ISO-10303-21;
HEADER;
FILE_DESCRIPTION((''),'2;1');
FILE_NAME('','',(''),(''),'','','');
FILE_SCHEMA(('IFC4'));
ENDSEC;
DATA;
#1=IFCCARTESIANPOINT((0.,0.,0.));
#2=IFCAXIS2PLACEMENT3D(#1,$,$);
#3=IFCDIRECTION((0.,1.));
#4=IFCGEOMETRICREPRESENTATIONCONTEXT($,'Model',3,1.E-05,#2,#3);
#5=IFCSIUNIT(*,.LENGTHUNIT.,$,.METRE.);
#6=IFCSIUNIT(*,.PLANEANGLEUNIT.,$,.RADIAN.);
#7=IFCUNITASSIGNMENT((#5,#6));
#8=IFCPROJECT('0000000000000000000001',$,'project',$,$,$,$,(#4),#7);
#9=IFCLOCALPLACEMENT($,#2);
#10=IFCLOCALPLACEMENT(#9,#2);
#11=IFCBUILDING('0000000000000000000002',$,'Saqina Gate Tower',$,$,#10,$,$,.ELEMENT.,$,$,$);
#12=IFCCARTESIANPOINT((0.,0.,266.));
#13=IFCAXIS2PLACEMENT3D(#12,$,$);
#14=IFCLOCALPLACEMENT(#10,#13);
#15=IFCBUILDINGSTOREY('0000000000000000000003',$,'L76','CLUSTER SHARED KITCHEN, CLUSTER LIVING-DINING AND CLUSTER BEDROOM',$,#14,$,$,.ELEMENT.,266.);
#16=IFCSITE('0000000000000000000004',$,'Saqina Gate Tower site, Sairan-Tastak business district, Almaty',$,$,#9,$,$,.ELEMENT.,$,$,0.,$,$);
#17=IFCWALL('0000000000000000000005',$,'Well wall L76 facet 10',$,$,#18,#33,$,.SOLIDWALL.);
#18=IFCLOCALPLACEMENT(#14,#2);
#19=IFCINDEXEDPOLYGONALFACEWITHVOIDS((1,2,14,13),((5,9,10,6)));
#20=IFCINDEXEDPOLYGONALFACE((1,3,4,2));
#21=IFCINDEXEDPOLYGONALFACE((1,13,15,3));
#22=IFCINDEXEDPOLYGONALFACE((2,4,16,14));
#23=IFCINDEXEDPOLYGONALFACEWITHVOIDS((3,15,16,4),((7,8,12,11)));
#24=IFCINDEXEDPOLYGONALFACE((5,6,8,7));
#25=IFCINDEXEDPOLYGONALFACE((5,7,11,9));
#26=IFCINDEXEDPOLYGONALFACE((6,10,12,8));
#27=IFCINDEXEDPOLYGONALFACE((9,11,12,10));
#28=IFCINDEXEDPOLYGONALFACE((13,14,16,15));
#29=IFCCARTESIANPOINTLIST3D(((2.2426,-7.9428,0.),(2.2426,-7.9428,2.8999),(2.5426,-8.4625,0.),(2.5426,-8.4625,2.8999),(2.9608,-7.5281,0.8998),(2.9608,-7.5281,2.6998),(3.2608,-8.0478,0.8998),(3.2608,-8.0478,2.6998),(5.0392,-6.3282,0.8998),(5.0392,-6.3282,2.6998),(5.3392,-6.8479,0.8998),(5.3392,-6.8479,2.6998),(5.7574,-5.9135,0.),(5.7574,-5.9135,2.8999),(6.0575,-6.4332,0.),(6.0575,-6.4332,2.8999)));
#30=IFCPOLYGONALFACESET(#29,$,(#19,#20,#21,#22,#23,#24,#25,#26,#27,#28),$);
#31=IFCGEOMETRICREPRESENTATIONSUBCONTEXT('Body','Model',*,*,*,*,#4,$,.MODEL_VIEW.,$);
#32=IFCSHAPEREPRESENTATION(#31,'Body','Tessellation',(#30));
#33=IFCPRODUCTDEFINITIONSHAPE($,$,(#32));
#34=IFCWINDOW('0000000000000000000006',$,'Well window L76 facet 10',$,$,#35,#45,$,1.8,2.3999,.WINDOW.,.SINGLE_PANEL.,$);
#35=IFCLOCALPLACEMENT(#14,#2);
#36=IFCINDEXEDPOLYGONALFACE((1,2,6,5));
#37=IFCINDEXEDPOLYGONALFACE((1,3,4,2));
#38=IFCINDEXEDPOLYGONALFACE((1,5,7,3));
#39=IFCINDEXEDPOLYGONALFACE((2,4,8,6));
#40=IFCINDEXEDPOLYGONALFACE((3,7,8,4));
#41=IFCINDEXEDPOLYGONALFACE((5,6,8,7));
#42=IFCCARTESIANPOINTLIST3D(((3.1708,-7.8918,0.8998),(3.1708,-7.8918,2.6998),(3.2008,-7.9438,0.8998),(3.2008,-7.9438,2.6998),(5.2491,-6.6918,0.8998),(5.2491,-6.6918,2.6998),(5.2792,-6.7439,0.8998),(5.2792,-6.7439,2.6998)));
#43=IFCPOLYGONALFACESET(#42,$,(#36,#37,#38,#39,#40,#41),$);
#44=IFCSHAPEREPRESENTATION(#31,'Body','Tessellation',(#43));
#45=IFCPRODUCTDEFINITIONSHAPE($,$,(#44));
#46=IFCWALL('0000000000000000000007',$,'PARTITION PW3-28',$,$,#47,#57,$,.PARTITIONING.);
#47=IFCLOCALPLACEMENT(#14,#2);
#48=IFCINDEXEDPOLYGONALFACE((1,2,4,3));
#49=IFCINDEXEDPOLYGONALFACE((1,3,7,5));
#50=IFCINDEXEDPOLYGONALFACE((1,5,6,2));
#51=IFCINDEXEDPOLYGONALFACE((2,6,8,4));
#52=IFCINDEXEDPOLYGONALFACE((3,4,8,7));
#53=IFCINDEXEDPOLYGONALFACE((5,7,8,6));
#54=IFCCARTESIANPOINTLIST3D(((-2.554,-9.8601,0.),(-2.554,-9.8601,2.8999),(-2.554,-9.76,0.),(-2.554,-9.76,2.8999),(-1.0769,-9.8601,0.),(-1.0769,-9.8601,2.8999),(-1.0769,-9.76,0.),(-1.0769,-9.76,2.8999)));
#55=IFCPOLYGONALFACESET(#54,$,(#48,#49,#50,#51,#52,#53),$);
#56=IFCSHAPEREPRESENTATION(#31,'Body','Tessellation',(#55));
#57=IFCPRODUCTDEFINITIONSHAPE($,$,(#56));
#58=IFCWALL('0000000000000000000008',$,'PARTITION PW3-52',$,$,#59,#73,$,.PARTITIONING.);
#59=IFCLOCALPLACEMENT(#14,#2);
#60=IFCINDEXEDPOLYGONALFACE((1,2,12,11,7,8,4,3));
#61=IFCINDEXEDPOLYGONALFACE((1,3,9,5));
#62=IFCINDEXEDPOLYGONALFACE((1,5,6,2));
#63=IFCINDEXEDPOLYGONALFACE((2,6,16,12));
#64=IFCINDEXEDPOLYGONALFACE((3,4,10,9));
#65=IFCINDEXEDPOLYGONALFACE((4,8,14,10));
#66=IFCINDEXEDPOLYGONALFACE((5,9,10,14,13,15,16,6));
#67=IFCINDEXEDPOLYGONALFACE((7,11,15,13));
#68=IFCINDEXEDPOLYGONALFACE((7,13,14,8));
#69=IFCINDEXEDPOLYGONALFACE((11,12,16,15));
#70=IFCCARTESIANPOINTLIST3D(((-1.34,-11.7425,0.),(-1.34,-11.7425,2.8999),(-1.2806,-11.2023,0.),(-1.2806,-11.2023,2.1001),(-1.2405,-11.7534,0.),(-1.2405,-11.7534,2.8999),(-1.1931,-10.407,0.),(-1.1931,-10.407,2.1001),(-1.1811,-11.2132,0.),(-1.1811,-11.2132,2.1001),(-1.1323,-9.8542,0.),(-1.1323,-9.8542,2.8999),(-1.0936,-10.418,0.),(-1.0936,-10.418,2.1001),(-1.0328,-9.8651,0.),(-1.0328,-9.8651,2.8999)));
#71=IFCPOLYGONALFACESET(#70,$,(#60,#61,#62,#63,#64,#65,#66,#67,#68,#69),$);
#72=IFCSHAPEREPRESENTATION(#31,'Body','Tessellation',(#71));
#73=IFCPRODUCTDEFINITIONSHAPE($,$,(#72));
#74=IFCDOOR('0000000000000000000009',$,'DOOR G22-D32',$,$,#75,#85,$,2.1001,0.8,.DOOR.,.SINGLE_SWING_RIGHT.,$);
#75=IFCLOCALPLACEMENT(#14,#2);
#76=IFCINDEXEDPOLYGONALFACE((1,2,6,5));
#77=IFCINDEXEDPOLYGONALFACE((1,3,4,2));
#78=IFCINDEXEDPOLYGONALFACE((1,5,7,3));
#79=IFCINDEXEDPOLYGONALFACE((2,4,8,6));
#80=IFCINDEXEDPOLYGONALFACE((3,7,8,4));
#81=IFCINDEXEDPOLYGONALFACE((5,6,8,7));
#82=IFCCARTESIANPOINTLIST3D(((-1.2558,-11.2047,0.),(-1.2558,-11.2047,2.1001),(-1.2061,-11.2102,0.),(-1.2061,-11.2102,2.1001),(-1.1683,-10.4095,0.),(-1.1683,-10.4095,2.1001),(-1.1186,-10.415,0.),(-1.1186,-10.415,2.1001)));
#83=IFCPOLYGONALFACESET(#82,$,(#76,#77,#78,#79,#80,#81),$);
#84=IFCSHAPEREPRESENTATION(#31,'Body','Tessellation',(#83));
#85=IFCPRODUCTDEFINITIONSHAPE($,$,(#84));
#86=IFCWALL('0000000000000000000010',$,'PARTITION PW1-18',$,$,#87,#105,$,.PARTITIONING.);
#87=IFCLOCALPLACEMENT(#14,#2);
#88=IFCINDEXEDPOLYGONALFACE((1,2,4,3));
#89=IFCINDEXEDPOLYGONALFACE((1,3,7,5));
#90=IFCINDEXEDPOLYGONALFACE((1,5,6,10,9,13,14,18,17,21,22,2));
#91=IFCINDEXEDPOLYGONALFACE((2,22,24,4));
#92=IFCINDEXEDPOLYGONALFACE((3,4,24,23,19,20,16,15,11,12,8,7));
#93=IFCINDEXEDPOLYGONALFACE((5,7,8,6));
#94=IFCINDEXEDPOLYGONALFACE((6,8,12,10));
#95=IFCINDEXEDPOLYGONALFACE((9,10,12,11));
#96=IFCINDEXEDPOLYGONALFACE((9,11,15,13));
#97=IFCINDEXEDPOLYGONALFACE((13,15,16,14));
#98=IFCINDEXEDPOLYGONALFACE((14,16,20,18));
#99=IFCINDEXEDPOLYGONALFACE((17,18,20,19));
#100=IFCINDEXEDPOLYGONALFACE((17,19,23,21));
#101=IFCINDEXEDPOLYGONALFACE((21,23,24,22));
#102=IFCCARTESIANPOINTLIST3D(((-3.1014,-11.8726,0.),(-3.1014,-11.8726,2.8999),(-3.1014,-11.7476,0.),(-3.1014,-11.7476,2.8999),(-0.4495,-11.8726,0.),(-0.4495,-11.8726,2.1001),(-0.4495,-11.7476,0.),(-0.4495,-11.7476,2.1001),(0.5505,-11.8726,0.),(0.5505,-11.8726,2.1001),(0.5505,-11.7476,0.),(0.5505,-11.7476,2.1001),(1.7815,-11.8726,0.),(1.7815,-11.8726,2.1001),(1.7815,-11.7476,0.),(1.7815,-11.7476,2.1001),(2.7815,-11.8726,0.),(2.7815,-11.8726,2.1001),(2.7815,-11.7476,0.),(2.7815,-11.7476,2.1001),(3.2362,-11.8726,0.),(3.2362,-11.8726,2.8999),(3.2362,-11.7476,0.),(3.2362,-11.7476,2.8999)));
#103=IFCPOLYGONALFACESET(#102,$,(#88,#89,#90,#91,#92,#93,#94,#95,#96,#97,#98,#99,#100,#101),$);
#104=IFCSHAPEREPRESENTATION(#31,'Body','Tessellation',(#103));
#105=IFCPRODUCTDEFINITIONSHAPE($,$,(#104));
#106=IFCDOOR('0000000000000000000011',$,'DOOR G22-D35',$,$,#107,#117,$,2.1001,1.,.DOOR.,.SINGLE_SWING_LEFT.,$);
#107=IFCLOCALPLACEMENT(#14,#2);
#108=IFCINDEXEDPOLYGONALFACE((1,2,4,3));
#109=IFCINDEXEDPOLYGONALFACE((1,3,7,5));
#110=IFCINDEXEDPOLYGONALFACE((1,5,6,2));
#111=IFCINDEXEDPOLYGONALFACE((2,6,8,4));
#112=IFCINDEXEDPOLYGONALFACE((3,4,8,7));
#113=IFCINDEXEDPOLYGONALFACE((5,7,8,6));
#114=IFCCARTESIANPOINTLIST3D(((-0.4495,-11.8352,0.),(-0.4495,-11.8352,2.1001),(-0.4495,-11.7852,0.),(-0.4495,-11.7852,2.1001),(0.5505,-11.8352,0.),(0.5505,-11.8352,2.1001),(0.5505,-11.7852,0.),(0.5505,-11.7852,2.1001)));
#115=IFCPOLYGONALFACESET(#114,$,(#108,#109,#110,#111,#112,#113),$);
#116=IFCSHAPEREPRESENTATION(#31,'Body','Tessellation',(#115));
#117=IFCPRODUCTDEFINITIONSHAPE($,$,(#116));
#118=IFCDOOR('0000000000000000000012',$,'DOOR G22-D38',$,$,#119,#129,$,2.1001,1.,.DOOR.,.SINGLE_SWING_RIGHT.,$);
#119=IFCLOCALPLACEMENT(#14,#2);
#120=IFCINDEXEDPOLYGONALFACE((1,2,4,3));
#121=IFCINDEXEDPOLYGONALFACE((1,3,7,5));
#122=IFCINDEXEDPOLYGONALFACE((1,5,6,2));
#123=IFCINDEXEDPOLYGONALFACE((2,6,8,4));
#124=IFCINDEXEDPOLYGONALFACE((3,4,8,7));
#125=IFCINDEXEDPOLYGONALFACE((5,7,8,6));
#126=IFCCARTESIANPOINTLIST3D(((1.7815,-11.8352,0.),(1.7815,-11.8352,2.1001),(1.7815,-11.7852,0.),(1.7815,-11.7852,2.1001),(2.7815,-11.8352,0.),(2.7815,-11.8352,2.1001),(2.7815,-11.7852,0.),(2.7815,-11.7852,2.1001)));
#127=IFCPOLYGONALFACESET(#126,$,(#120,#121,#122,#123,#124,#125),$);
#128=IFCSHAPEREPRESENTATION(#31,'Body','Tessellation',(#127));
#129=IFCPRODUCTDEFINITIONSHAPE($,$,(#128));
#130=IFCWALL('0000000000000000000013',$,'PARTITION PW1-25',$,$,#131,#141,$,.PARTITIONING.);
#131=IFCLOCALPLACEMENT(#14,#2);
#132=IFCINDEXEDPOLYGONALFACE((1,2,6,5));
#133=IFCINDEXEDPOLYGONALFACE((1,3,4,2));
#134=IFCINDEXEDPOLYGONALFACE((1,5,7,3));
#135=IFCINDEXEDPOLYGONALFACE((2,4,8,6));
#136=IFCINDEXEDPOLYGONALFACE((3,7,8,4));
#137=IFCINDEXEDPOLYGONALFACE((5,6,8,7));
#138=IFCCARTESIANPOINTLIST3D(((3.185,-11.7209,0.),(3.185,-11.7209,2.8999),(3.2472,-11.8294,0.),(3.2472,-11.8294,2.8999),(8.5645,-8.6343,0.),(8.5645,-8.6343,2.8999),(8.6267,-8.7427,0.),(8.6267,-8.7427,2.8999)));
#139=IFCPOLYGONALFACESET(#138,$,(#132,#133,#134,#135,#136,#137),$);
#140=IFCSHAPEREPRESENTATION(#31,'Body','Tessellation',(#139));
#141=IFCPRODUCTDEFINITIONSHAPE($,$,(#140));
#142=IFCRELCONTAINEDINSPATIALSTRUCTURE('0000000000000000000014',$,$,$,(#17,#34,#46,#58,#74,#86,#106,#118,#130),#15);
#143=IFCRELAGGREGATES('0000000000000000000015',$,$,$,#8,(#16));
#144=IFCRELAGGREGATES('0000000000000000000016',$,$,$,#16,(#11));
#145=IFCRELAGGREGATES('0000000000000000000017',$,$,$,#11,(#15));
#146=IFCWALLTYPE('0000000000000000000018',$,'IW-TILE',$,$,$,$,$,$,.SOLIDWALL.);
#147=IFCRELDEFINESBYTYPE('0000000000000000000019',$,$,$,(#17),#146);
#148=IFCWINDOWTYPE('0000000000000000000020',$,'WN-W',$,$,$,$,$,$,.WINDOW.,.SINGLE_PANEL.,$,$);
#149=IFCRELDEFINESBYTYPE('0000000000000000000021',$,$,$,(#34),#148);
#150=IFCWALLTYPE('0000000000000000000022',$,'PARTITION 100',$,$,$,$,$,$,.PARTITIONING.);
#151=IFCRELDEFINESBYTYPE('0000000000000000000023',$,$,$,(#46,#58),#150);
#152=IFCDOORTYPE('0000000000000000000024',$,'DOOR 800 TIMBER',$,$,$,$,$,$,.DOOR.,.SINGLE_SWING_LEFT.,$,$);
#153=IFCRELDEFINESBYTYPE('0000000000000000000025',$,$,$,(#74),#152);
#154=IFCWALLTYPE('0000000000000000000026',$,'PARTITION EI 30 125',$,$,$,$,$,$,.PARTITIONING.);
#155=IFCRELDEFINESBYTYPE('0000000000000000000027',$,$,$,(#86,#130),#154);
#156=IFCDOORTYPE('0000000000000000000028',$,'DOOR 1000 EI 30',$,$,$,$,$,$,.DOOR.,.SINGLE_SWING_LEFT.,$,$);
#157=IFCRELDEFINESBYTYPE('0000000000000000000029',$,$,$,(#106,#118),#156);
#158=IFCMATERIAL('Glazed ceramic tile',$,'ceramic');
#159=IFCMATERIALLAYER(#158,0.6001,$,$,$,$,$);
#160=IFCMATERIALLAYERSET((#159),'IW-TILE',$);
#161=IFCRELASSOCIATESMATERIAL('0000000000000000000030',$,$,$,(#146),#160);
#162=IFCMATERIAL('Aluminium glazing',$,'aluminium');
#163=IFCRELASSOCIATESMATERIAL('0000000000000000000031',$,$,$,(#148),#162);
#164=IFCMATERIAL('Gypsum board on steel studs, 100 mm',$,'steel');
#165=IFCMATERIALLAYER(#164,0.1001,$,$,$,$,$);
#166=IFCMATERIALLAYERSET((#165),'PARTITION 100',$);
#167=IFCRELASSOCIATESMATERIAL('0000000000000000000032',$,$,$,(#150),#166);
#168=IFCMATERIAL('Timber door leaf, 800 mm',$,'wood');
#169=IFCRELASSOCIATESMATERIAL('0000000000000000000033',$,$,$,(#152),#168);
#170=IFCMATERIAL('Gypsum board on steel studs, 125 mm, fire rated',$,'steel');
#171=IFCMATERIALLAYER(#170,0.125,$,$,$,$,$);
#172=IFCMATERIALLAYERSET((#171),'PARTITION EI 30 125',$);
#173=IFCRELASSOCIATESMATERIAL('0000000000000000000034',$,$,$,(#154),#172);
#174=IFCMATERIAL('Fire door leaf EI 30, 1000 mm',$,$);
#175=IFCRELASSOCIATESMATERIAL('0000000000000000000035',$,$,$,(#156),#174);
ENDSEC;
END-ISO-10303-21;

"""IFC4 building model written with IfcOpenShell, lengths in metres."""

from ifc_helpers import new_model, si_unit, direction, frame, frame_2d, origin, place, context, subcontext, project, spatial, rectangle, extrude, material, layer, layer_set, type_object, element, fill, save


model = new_model("IFC4")

# Units and contexts
model_context = context("Model", 3, precision=1e-05, world=origin(), true_north=direction((0.0, 1.0)))
body_context = subcontext(model_context, "Body", "Model", "MODEL_VIEW")
ifc_project = project(units=[si_unit("LENGTHUNIT", "METRE"), si_unit("PLANEANGLEUNIT", "RADIAN")], contexts=[model_context])

# Site, building, storey
site_placement = place(None, origin())
site = spatial("IfcSite", under=ifc_project, at=site_placement, Name="Saqina Gate Tower site, Sairan-Tastak business district, Almaty", CompositionType="ELEMENT", RefElevation=0.0)
building_placement = place(site_placement, origin())
building = spatial("IfcBuilding", under=site, at=building_placement, Name="Saqina Gate Tower", CompositionType="ELEMENT")
storey_placement = place(building_placement, frame((0.0, 0.0, 266.0)))
storey = spatial("IfcBuildingStorey", under=building, at=storey_placement, Name="L76", Description="CLUSTER SHARED KITCHEN, CLUSTER LIVING-DINING AND CLUSTER BEDROOM", CompositionType="ELEMENT", Elevation=266.0)

# Wall, opening, window
ifc_material_1 = material(Name="Glazed ceramic tile", Category="ceramic")
ifc_layer_1 = layer(ifc_material_1, 0.6001)
ifc_layer_set_1 = layer_set([ifc_layer_1], Name="IW-TILE")
wall_type_1 = type_object("IfcWallType", Name="IW-TILE", PredefinedType="SOLIDWALL", material=ifc_layer_set_1)
ifc_material_2 = material(Name="Aluminium glazing", Category="aluminium")
window_type = type_object("IfcWindowType", Name="WN-W", PartitioningType="SINGLE_PANEL", PredefinedType="WINDOW", material=ifc_material_2)
wall_1_placement = place(storey_placement, frame((2.3926, -8.2026, 0.0), z_axis=(0.0, 0.0, 1.0), x_axis=(0.866028, 0.499995, 0.0)))
wall_1 = element("IfcWall", 1, at=wall_1_placement, inside=storey, type_object=wall_type_1, Name="Well wall L76 facet 10", PredefinedType="SOLIDWALL", context=body_context, shape_type="SweptSolid", body=[
    extrude(rectangle(XDim=4.0586, YDim=0.6001, at=frame_2d((2.0293, 0.0))), origin(), (0.0, 0.0, 1.0), 2.8999),
])
opening_1_placement = place(wall_1_placement, frame((0.8293, 0.0, 0.8999)))
opening_1 = element("IfcOpeningElement", 2, at=opening_1_placement, cuts=wall_1, PredefinedType="OPENING", context=body_context, shape_type="SweptSolid", body=[
    extrude(rectangle(XDim=2.3999, YDim=1.8, at=frame_2d((1.2, 0.8999))), frame((0.0, 0.312, 0.0), z_axis=(0.0, -1.0, 0.0), x_axis=(1.0, 0.0, 0.0)), (0.0, 0.0, 1.0), 0.624),
])
window_1_placement = place(opening_1_placement, origin())
window_1 = element("IfcWindow", 3, at=window_1_placement, inside=storey, type_object=window_type, Name="Well window L76 facet 10", OverallHeight=1.8, OverallWidth=2.3999, PartitioningType="SINGLE_PANEL", PredefinedType="WINDOW", context=body_context, shape_type="SweptSolid", body=[
    extrude(rectangle(XDim=2.3999, YDim=1.8, at=frame_2d((1.2, 0.8999))), frame((0.0, -0.1199, 0.0), z_axis=(0.0, -1.0, 0.0), x_axis=(1.0, 0.0, 0.0)), (0.0, 0.0, 1.0), 0.0601),
])
fill(opening_1, window_1)

# Wall
ifc_material_3 = material(Name="Gypsum board on steel studs, 100 mm", Category="steel")
ifc_layer_2 = layer(ifc_material_3, 0.1001)
ifc_layer_set_2 = layer_set([ifc_layer_2], Name="PARTITION 100")
wall_type_2 = type_object("IfcWallType", Name="PARTITION 100", PredefinedType="PARTITIONING", material=ifc_layer_set_2)
wall_2_placement = place(storey_placement, frame((-2.554, -9.8101, 0.0), z_axis=(0.0, 0.0, 1.0), x_axis=(1.0, 0.0, 0.0)))
element("IfcWall", 4, at=wall_2_placement, inside=storey, type_object=wall_type_2, Name="PARTITION PW3-28", PredefinedType="PARTITIONING", context=body_context, shape_type="SweptSolid", body=[
    extrude(rectangle(XDim=1.4771, YDim=0.1001, at=frame_2d((0.7385, 0.0))), origin(), (0.0, 0.0, 1.0), 2.8999),
])

# Wall, opening, door
wall_3_placement = place(storey_placement, frame((-1.2903, -11.7478, 0.0), z_axis=(0.0, 0.0, 1.0), x_axis=(0.109373, 0.994001, 0.0)))
wall_3 = element("IfcWall", 5, at=wall_3_placement, inside=storey, type_object=wall_type_2, Name="PARTITION PW3-52", PredefinedType="PARTITIONING", context=body_context, shape_type="SweptSolid", body=[
    extrude(rectangle(XDim=1.8997, YDim=0.1001, at=frame_2d((0.9497, 0.0))), origin(), (0.0, 0.0, 1.0), 2.8999),
])
opening_2_placement = place(wall_3_placement, frame((0.5435, 0.0, 0.0)))
opening_2 = element("IfcOpeningElement", 6, at=opening_2_placement, cuts=wall_3, PredefinedType="OPENING", context=body_context, shape_type="SweptSolid", body=[
    extrude(rectangle(XDim=0.8, YDim=2.1001, at=frame_2d((0.3999, 1.05))), frame((0.0, 0.062, 0.0), z_axis=(0.0, -1.0, 0.0), x_axis=(1.0, 0.0, 0.0)), (0.0, 0.0, 1.0), 0.124),
])
ifc_material_4 = material(Name="Timber door leaf, 800 mm", Category="wood")
door_type_1 = type_object("IfcDoorType", Name="DOOR 800 TIMBER", OperationType="SINGLE_SWING_LEFT", PredefinedType="DOOR", material=ifc_material_4)
door_1_placement = place(opening_2_placement, frame((0.8, 0.0, 0.0), z_axis=(0.0, 0.0, 1.0), x_axis=(-1.0, 0.0, 0.0)))
door_1 = element("IfcDoor", 7, at=door_1_placement, inside=storey, type_object=door_type_1, Name="DOOR G22-D32", OperationType="SINGLE_SWING_RIGHT", OverallHeight=2.1001, OverallWidth=0.8, PredefinedType="DOOR", context=body_context, shape_type="SweptSolid", body=[
    extrude(rectangle(XDim=0.8, YDim=2.1001, at=frame_2d((0.3999, 1.05))), frame((0.0, 0.0249, 0.0), z_axis=(0.0, -1.0, 0.0), x_axis=(1.0, 0.0, 0.0)), (0.0, 0.0, 1.0), 0.05),
])
fill(opening_2, door_1)

# Wall, openings, doors
ifc_material_5 = material(Name="Gypsum board on steel studs, 125 mm, fire rated", Category="steel")
ifc_layer_3 = layer(ifc_material_5, 0.125)
ifc_layer_set_3 = layer_set([ifc_layer_3], Name="PARTITION EI 30 125")
wall_type_3 = type_object("IfcWallType", Name="PARTITION EI 30 125", PredefinedType="PARTITIONING", material=ifc_layer_set_3)
wall_4_placement = place(storey_placement, frame((-3.1016, -11.8101, 0.0), z_axis=(0.0, 0.0, 1.0), x_axis=(1.0, 0.0, 0.0)))
wall_4 = element("IfcWall", 8, at=wall_4_placement, inside=storey, type_object=wall_type_3, Name="PARTITION PW1-18", PredefinedType="PARTITIONING", context=body_context, shape_type="SweptSolid", body=[
    extrude(rectangle(XDim=6.3376, YDim=0.125, at=frame_2d((3.1689, 0.0))), origin(), (0.0, 0.0, 1.0), 2.8999),
])
opening_3_placement = place(wall_4_placement, frame((2.6521, 0.0, 0.0)))
opening_3 = element("IfcOpeningElement", 9, at=opening_3_placement, cuts=wall_4, PredefinedType="OPENING", context=body_context, shape_type="SweptSolid", body=[
    extrude(rectangle(XDim=1.0, YDim=2.1001, at=frame_2d((0.5, 1.05))), frame((0.0, 0.0745, 0.0), z_axis=(0.0, -1.0, 0.0), x_axis=(1.0, 0.0, 0.0)), (0.0, 0.0, 1.0), 0.1489),
])
opening_4_placement = place(wall_4_placement, frame((4.8831, 0.0, 0.0)))
opening_4 = element("IfcOpeningElement", 10, at=opening_4_placement, cuts=wall_4, PredefinedType="OPENING", context=body_context, shape_type="SweptSolid", body=[
    extrude(rectangle(XDim=1.0, YDim=2.1001, at=frame_2d((0.5, 1.05))), frame((0.0, 0.0745, 0.0), z_axis=(0.0, -1.0, 0.0), x_axis=(1.0, 0.0, 0.0)), (0.0, 0.0, 1.0), 0.1489),
])
ifc_material_6 = material(Name="Fire door leaf EI 30, 1000 mm")
door_type_2 = type_object("IfcDoorType", Name="DOOR 1000 EI 30", OperationType="SINGLE_SWING_LEFT", PredefinedType="DOOR", material=ifc_material_6)
door_2_placement = place(opening_3_placement, origin())
door_2 = element("IfcDoor", 11, at=door_2_placement, inside=storey, type_object=door_type_2, Name="DOOR G22-D35", OperationType="SINGLE_SWING_LEFT", OverallHeight=2.1001, OverallWidth=1.0, PredefinedType="DOOR", context=body_context, shape_type="SweptSolid", body=[
    extrude(rectangle(XDim=1.0, YDim=2.1001, at=frame_2d((0.5, 1.05))), frame((0.0, 0.0249, 0.0), z_axis=(0.0, -1.0, 0.0), x_axis=(1.0, 0.0, 0.0)), (0.0, 0.0, 1.0), 0.05),
])
fill(opening_3, door_2)
door_3_placement = place(opening_4_placement, origin())
door_3 = element("IfcDoor", 12, at=door_3_placement, inside=storey, type_object=door_type_2, Name="DOOR G22-D38", OperationType="SINGLE_SWING_RIGHT", OverallHeight=2.1001, OverallWidth=1.0, PredefinedType="DOOR", context=body_context, shape_type="SweptSolid", body=[
    extrude(rectangle(XDim=1.0, YDim=2.1001, at=frame_2d((0.5, 1.05))), frame((0.0, 0.0249, 0.0), z_axis=(0.0, -1.0, 0.0), x_axis=(1.0, 0.0, 0.0)), (0.0, 0.0, 1.0), 0.05),
])
fill(opening_4, door_3)

# Wall
wall_5_placement = place(storey_placement, frame((3.2161, -11.7751, 0.0), z_axis=(0.0, 0.0, 1.0), x_axis=(0.867367, 0.497668, 0.0)))
element("IfcWall", 13, at=wall_5_placement, inside=storey, type_object=wall_type_3, Name="PARTITION PW1-25", PredefinedType="PARTITIONING", context=body_context, shape_type="SweptSolid", body=[
    extrude(rectangle(XDim=6.2021, YDim=0.125, at=frame_2d((3.1011, 0.0))), origin(), (0.0, 0.0, 1.0), 2.8999),
])

save(model, "model.ifc")
